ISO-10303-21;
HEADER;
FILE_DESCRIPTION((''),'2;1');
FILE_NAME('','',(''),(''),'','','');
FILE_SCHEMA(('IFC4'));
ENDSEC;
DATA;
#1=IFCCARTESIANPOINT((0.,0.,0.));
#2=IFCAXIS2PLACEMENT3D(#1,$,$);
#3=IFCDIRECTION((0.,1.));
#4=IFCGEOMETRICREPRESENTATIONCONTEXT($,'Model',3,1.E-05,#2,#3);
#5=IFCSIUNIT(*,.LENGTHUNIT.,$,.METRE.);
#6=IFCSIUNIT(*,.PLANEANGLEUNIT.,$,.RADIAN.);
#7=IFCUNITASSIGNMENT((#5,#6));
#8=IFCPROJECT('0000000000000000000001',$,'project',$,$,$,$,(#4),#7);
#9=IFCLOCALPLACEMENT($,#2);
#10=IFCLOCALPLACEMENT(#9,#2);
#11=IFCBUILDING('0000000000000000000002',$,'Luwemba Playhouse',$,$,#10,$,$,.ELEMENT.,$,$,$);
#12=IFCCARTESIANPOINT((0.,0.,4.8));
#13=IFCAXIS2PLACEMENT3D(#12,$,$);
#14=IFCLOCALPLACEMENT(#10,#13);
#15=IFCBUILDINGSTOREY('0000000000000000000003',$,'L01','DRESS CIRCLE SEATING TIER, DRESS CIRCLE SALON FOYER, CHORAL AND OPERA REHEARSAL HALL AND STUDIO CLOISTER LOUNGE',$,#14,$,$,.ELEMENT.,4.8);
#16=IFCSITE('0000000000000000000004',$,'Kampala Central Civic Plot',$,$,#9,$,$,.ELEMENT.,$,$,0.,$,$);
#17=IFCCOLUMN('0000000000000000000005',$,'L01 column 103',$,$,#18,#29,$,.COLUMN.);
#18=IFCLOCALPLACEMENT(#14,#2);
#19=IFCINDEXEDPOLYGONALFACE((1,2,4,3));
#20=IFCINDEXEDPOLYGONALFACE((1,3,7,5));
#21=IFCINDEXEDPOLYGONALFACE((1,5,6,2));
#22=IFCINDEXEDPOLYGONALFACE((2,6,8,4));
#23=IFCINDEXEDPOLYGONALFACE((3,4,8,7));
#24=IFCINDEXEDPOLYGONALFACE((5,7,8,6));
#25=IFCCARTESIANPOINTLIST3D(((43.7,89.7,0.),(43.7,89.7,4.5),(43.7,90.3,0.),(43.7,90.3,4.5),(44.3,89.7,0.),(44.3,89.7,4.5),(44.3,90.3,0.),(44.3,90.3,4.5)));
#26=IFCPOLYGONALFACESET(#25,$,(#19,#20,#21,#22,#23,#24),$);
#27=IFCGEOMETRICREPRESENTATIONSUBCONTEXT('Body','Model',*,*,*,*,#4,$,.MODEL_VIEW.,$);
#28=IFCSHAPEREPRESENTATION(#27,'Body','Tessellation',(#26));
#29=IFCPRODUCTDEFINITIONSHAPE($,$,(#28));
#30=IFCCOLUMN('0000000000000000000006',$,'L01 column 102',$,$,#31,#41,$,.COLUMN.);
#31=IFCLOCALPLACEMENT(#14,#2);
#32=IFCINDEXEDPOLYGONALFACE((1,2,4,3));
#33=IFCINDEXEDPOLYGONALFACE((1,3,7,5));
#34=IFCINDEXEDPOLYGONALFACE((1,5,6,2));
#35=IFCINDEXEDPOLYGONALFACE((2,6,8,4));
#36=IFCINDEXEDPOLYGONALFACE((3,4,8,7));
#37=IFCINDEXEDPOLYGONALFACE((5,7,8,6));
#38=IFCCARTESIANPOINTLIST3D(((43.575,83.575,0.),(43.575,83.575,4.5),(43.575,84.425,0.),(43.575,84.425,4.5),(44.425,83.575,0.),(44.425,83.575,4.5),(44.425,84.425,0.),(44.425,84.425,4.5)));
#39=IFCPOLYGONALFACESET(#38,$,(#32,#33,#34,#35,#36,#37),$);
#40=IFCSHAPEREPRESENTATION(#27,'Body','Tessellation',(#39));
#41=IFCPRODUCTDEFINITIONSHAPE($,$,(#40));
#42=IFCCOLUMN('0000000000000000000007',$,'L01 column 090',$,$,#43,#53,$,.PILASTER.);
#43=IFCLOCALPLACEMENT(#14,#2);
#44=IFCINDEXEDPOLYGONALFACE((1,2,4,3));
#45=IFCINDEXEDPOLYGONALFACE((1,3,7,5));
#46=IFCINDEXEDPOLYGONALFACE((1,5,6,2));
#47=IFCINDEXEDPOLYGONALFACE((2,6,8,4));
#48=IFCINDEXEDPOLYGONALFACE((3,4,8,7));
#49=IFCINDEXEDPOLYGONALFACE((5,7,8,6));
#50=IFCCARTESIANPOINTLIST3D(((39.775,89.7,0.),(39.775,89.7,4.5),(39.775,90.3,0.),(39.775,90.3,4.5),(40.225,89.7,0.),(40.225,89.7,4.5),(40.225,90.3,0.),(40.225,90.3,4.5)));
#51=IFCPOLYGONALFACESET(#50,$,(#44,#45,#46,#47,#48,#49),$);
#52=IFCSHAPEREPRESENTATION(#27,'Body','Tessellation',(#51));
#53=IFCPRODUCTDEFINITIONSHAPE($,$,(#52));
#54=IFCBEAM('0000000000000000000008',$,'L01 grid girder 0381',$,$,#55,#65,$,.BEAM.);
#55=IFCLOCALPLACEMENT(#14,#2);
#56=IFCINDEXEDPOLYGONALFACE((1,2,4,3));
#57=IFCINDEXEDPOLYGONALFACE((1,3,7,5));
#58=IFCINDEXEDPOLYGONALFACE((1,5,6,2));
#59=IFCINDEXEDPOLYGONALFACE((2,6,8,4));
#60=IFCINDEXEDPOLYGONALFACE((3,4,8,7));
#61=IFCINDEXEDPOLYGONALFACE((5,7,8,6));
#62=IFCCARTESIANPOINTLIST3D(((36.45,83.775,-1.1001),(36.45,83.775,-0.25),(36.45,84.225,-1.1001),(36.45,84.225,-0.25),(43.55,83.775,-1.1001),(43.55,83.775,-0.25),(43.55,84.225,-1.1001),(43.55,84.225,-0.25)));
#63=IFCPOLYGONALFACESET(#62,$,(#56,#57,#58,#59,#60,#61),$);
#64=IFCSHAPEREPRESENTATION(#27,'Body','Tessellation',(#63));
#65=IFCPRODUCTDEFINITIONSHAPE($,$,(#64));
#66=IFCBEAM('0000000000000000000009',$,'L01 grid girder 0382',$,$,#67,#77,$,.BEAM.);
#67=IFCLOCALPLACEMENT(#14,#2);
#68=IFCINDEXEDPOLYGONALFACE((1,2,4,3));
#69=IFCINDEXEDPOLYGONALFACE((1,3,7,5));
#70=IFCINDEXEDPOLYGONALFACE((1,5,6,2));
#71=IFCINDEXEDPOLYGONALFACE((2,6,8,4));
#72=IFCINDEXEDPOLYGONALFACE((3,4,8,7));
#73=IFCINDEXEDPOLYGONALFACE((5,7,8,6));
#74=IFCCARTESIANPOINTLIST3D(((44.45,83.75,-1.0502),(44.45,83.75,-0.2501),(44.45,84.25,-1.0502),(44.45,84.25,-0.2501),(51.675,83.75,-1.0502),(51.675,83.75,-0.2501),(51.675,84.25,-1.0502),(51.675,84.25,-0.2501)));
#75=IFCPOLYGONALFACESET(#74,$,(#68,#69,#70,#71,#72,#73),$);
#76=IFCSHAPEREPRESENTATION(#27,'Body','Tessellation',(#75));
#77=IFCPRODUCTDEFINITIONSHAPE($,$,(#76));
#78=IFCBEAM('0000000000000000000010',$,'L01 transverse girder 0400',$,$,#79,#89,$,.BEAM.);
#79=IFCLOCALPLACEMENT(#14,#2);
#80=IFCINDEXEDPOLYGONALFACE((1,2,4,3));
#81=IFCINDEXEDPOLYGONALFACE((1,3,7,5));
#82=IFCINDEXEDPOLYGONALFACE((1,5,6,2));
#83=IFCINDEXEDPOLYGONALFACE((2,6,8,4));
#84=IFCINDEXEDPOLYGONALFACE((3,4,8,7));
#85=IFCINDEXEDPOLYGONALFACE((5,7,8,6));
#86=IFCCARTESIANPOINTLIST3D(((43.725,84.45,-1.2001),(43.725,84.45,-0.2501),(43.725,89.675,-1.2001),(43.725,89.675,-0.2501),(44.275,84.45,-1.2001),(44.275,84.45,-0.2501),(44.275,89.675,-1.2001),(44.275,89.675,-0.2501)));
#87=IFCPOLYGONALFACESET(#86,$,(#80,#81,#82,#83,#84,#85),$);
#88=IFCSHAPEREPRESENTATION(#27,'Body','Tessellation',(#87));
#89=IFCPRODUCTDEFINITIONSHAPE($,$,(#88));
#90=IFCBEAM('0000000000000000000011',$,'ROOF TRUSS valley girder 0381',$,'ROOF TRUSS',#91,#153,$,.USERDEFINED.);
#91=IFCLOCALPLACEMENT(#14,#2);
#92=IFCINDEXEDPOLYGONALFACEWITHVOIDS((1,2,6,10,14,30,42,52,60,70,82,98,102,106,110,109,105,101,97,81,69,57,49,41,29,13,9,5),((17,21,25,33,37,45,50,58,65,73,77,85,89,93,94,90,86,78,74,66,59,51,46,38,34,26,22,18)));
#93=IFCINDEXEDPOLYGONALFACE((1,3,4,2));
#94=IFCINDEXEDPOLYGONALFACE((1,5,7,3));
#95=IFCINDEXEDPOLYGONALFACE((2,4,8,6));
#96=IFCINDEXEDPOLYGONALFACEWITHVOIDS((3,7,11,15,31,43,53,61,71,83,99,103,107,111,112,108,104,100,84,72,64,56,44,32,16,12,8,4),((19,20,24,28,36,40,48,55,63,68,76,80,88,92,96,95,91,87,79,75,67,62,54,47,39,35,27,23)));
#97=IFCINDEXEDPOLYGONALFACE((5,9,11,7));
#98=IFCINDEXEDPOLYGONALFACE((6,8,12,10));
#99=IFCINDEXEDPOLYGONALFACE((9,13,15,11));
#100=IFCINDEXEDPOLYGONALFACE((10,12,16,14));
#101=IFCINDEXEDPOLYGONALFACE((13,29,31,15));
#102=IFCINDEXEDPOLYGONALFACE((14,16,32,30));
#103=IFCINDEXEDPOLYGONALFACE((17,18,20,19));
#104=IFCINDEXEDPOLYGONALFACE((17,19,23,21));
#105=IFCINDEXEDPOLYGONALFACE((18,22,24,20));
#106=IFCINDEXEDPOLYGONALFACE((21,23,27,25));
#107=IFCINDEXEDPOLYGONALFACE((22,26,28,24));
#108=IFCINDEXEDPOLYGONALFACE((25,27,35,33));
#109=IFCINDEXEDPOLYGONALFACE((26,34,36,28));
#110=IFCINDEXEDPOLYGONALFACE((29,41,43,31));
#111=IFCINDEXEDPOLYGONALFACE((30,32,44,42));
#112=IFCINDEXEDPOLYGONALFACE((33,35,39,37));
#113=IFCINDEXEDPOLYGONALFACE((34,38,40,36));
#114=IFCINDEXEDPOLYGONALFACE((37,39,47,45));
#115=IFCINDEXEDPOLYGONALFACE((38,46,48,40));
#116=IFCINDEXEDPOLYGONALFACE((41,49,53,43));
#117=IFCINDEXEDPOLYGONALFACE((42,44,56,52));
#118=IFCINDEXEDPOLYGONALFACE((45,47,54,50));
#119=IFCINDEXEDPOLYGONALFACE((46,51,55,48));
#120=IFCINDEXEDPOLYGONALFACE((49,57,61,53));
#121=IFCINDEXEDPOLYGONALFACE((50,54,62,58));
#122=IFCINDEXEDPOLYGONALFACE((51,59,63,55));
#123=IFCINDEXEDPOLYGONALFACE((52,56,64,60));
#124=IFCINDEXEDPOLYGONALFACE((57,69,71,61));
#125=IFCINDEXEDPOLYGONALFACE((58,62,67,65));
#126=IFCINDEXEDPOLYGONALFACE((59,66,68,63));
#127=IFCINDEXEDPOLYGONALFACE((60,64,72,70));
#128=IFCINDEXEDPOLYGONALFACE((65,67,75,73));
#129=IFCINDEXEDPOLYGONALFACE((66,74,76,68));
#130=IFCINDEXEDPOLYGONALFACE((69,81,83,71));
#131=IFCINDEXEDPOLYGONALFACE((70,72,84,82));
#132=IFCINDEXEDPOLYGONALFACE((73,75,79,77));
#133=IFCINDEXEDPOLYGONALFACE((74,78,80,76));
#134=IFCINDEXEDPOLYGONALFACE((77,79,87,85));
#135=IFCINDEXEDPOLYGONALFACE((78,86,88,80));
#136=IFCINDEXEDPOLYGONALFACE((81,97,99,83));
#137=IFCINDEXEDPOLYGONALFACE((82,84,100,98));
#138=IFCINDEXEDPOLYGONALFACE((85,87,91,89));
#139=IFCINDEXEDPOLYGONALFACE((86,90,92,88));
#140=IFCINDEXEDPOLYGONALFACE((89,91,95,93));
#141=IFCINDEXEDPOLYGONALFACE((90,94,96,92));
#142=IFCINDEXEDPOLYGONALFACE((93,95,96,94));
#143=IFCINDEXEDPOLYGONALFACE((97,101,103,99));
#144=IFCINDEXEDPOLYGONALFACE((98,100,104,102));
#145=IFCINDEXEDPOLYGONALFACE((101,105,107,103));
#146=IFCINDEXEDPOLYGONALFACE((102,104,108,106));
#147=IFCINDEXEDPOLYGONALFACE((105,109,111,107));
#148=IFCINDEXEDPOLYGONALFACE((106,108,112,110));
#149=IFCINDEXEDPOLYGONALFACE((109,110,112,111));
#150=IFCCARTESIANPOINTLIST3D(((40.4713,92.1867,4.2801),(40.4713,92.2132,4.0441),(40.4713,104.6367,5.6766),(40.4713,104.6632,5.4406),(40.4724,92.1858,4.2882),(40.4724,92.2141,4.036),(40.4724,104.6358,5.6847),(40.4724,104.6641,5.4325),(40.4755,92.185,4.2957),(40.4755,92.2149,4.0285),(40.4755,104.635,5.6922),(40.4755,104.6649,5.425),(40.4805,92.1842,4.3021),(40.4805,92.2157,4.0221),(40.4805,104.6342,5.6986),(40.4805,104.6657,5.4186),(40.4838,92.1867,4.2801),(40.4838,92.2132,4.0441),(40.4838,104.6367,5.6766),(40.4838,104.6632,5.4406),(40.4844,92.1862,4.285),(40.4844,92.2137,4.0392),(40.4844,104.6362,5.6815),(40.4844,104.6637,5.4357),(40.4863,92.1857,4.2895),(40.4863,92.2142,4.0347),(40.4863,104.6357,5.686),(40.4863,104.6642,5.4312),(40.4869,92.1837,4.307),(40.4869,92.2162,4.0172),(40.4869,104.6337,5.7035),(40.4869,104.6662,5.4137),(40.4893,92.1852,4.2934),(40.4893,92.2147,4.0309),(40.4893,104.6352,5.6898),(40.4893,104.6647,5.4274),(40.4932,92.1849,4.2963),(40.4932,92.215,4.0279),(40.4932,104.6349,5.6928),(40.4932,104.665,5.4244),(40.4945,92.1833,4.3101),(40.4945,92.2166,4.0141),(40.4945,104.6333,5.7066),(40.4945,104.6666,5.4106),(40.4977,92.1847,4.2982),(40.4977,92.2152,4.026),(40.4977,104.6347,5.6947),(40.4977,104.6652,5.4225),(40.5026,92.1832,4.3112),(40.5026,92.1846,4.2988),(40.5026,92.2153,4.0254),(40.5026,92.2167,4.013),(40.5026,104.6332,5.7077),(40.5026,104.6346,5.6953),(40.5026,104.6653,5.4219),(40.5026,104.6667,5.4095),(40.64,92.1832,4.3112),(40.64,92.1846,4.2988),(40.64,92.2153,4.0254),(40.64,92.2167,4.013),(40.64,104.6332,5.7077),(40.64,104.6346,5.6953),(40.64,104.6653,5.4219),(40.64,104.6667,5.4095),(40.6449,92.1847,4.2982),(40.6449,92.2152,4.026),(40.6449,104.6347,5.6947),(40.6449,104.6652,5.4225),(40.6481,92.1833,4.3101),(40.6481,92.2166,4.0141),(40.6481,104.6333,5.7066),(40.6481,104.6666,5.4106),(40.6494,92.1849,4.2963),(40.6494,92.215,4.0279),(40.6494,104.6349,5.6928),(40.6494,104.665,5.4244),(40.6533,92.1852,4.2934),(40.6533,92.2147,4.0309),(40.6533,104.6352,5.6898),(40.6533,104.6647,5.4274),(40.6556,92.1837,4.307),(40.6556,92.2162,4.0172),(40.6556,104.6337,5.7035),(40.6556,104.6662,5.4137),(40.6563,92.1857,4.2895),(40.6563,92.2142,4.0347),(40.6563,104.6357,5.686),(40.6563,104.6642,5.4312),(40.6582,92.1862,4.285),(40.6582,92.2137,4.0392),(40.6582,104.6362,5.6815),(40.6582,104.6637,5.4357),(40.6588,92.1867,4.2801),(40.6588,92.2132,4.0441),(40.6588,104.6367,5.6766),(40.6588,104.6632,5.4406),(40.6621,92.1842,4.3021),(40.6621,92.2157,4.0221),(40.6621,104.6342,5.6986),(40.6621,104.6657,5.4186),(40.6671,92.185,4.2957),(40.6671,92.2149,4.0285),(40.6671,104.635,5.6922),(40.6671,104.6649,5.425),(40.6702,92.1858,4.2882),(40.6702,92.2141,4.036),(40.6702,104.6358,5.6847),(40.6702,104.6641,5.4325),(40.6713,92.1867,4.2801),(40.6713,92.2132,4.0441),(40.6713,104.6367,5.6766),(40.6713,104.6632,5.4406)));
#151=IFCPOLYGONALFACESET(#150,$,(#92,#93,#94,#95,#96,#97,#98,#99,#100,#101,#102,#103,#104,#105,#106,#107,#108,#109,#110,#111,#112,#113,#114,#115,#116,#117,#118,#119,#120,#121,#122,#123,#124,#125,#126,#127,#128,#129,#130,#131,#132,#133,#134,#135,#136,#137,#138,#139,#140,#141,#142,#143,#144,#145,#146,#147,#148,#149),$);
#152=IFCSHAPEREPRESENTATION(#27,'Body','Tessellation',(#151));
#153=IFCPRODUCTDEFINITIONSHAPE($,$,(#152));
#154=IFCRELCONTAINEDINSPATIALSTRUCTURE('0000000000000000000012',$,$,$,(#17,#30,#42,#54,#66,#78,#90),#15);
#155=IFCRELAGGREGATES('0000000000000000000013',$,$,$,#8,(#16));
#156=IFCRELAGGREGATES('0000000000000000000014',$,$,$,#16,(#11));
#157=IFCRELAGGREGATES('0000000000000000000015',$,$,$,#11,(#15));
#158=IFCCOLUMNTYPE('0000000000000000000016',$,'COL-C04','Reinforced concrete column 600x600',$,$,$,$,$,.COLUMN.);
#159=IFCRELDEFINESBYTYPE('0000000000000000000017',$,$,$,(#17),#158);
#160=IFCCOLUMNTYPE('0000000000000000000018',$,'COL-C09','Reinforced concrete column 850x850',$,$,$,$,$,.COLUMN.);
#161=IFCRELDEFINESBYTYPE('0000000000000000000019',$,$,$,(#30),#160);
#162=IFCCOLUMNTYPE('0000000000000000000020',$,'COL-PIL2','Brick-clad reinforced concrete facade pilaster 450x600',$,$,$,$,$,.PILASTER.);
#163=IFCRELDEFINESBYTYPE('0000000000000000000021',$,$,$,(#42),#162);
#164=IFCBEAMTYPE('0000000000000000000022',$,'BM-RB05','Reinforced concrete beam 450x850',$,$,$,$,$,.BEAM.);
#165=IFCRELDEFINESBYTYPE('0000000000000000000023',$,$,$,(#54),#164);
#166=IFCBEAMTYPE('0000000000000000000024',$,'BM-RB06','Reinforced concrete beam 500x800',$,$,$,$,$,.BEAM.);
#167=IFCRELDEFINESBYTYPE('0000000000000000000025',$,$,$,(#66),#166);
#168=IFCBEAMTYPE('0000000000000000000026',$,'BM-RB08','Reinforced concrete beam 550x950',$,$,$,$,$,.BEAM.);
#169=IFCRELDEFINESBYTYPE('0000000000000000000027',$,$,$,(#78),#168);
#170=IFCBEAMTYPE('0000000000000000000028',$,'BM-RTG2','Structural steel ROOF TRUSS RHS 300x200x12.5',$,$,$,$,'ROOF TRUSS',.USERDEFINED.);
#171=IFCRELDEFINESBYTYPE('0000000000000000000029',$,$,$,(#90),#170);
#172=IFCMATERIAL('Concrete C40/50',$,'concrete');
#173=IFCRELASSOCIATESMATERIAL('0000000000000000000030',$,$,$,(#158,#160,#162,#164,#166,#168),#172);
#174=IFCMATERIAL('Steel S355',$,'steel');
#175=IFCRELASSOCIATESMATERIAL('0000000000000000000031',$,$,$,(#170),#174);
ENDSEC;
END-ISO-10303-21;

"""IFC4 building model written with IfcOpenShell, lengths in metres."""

from ifc_helpers import new_model, si_unit, direction, frame, origin, origin_2d, place, context, subcontext, project, spatial, rectangle, hollow_rectangle, extrude, material, material_profile, profile_set, type_object, element, save


model = new_model("IFC4")

# Units and contexts
model_context = context("Model", 3, precision=1e-05, world=origin(), true_north=direction((0.0, 1.0)))
body_context = subcontext(model_context, "Body", "Model", "MODEL_VIEW")
ifc_project = project(units=[si_unit("LENGTHUNIT", "METRE"), si_unit("PLANEANGLEUNIT", "RADIAN")], contexts=[model_context])

# Site, building, storey
site_placement = place(None, origin())
site = spatial("IfcSite", under=ifc_project, at=site_placement, Name="Kampala Central Civic Plot", CompositionType="ELEMENT", RefElevation=0.0)
building_placement = place(site_placement, origin())
building = spatial("IfcBuilding", under=site, at=building_placement, Name="Luwemba Playhouse", CompositionType="ELEMENT")
storey_placement = place(building_placement, frame((0.0, 0.0, 4.8)))
storey = spatial("IfcBuildingStorey", under=building, at=storey_placement, Name="L01", Description="DRESS CIRCLE SEATING TIER, DRESS CIRCLE SALON FOYER, CHORAL AND OPERA REHEARSAL HALL AND STUDIO CLOISTER LOUNGE", CompositionType="ELEMENT", Elevation=4.8)

# Columns
ifc_material_1 = material(Name="Concrete C40/50", Category="concrete")
ifc_material_profile_1 = material_profile(ifc_material_1, rectangle(XDim=0.6001, YDim=0.6001, at=origin_2d()))
ifc_profile_set_1 = profile_set([ifc_material_profile_1], Name="Concrete C40/50")
column_type_1 = type_object("IfcColumnType", Name="COL-C04", Description="Reinforced concrete column 600x600", PredefinedType="COLUMN", material=ifc_profile_set_1)
column_1_placement = place(storey_placement, frame((44.0, 90.0, 0.0), z_axis=(0.0, 0.0, 1.0), x_axis=(1.0, 0.0, 0.0)))
element("IfcColumn", 1, at=column_1_placement, inside=storey, type_object=column_type_1, Name="L01 column 103", PredefinedType="COLUMN", context=body_context, shape_type="SweptSolid", body=[
    extrude(rectangle(XDim=0.6001, YDim=0.6001, at=origin_2d()), origin(), (0.0, 0.0, 1.0), 4.5),
])
ifc_material_profile_2 = material_profile(ifc_material_1, rectangle(XDim=0.8501, YDim=0.8501, at=origin_2d()))
ifc_profile_set_2 = profile_set([ifc_material_profile_2], Name="Concrete C40/50")
column_type_2 = type_object("IfcColumnType", Name="COL-C09", Description="Reinforced concrete column 850x850", PredefinedType="COLUMN", material=ifc_profile_set_2)
column_2_placement = place(storey_placement, frame((44.0, 84.0, 0.0), z_axis=(0.0, 0.0, 1.0), x_axis=(1.0, 0.0, 0.0)))
element("IfcColumn", 2, at=column_2_placement, inside=storey, type_object=column_type_2, Name="L01 column 102", PredefinedType="COLUMN", context=body_context, shape_type="SweptSolid", body=[
    extrude(rectangle(XDim=0.8501, YDim=0.8501, at=origin_2d()), origin(), (0.0, 0.0, 1.0), 4.5),
])
ifc_material_profile_3 = material_profile(ifc_material_1, rectangle(XDim=0.45, YDim=0.6001, at=origin_2d()))
ifc_profile_set_3 = profile_set([ifc_material_profile_3], Name="Concrete C40/50")
column_type_3 = type_object("IfcColumnType", Name="COL-PIL2", Description="Brick-clad reinforced concrete facade pilaster 450x600", PredefinedType="PILASTER", material=ifc_profile_set_3)
column_3_placement = place(storey_placement, frame((40.0, 90.0, 0.0), z_axis=(0.0, 0.0, 1.0), x_axis=(1.0, 0.0, 0.0)))
element("IfcColumn", 3, at=column_3_placement, inside=storey, type_object=column_type_3, Name="L01 column 090", PredefinedType="PILASTER", context=body_context, shape_type="SweptSolid", body=[
    extrude(rectangle(XDim=0.45, YDim=0.6001, at=origin_2d()), origin(), (0.0, 0.0, 1.0), 4.5),
])

# Beams
ifc_material_profile_4 = material_profile(ifc_material_1, rectangle(XDim=0.45, YDim=0.8501, at=origin_2d()))
ifc_profile_set_4 = profile_set([ifc_material_profile_4], Name="Concrete C40/50")
beam_type_1 = type_object("IfcBeamType", Name="BM-RB05", Description="Reinforced concrete beam 450x850", PredefinedType="BEAM", material=ifc_profile_set_4)
beam_1_placement = place(storey_placement, frame((36.45, 84.0, -0.675), z_axis=(1.0, 0.0, 0.0), x_axis=(0.0, 1.0, 0.0)))
element("IfcBeam", 4, at=beam_1_placement, inside=storey, type_object=beam_type_1, Name="L01 grid girder 0381", PredefinedType="BEAM", context=body_context, shape_type="SweptSolid", body=[
    extrude(rectangle(XDim=0.45, YDim=0.8501, at=origin_2d()), origin(), (0.0, 0.0, 1.0), 7.1001),
])
ifc_material_profile_5 = material_profile(ifc_material_1, rectangle(XDim=0.5, YDim=0.8, at=origin_2d()))
ifc_profile_set_5 = profile_set([ifc_material_profile_5], Name="Concrete C40/50")
beam_type_2 = type_object("IfcBeamType", Name="BM-RB06", Description="Reinforced concrete beam 500x800", PredefinedType="BEAM", material=ifc_profile_set_5)
beam_2_placement = place(storey_placement, frame((44.45, 84.0, -0.6501), z_axis=(1.0, 0.0, 0.0), x_axis=(0.0, 1.0, 0.0)))
element("IfcBeam", 5, at=beam_2_placement, inside=storey, type_object=beam_type_2, Name="L01 grid girder 0382", PredefinedType="BEAM", context=body_context, shape_type="SweptSolid", body=[
    extrude(rectangle(XDim=0.5, YDim=0.8, at=origin_2d()), origin(), (0.0, 0.0, 1.0), 7.2251),
])
ifc_material_profile_6 = material_profile(ifc_material_1, rectangle(XDim=0.55, YDim=0.95, at=origin_2d()))
ifc_profile_set_6 = profile_set([ifc_material_profile_6], Name="Concrete C40/50")
beam_type_3 = type_object("IfcBeamType", Name="BM-RB08", Description="Reinforced concrete beam 550x950", PredefinedType="BEAM", material=ifc_profile_set_6)
beam_3_placement = place(storey_placement, frame((44.0, 84.45, -0.7251), z_axis=(0.0, 1.0, 0.0), x_axis=(-1.0, 0.0, 0.0)))
element("IfcBeam", 6, at=beam_3_placement, inside=storey, type_object=beam_type_3, Name="L01 transverse girder 0400", PredefinedType="BEAM", context=body_context, shape_type="SweptSolid", body=[
    extrude(rectangle(XDim=0.55, YDim=0.95, at=origin_2d()), origin(), (0.0, 0.0, 1.0), 5.2251),
])
ifc_material_2 = material(Name="Steel S355", Category="steel")
ifc_material_profile_7 = material_profile(ifc_material_2, hollow_rectangle(XDim=0.2, YDim=0.3, WallThickness=0.0125, InnerFilletRadius=0.0188, OuterFilletRadius=0.0312, at=origin_2d()))
ifc_profile_set_7 = profile_set([ifc_material_profile_7], Name="Steel S355")
beam_type_4 = type_object("IfcBeamType", Name="BM-RTG2", Description="Structural steel ROOF TRUSS RHS 300x200x12.5", ElementType="ROOF TRUSS", PredefinedType="USERDEFINED", material=ifc_profile_set_7)
beam_4_placement = place(storey_placement, frame((40.5713, 92.2, 4.1621), z_axis=(0.0, 0.993768, 0.111469), x_axis=(-1.0, 0.0, 0.0)))
element("IfcBeam", 7, at=beam_4_placement, inside=storey, type_object=beam_type_4, Name="ROOF TRUSS valley girder 0381", ObjectType="ROOF TRUSS", PredefinedType="USERDEFINED", context=body_context, shape_type="SweptSolid", body=[
    extrude(hollow_rectangle(XDim=0.2, YDim=0.3, WallThickness=0.0125, InnerFilletRadius=0.0188, OuterFilletRadius=0.0312, at=origin_2d()), origin(), (0.0, 0.0, 1.0), 12.5281),
])

save(model, "model.ifc")
